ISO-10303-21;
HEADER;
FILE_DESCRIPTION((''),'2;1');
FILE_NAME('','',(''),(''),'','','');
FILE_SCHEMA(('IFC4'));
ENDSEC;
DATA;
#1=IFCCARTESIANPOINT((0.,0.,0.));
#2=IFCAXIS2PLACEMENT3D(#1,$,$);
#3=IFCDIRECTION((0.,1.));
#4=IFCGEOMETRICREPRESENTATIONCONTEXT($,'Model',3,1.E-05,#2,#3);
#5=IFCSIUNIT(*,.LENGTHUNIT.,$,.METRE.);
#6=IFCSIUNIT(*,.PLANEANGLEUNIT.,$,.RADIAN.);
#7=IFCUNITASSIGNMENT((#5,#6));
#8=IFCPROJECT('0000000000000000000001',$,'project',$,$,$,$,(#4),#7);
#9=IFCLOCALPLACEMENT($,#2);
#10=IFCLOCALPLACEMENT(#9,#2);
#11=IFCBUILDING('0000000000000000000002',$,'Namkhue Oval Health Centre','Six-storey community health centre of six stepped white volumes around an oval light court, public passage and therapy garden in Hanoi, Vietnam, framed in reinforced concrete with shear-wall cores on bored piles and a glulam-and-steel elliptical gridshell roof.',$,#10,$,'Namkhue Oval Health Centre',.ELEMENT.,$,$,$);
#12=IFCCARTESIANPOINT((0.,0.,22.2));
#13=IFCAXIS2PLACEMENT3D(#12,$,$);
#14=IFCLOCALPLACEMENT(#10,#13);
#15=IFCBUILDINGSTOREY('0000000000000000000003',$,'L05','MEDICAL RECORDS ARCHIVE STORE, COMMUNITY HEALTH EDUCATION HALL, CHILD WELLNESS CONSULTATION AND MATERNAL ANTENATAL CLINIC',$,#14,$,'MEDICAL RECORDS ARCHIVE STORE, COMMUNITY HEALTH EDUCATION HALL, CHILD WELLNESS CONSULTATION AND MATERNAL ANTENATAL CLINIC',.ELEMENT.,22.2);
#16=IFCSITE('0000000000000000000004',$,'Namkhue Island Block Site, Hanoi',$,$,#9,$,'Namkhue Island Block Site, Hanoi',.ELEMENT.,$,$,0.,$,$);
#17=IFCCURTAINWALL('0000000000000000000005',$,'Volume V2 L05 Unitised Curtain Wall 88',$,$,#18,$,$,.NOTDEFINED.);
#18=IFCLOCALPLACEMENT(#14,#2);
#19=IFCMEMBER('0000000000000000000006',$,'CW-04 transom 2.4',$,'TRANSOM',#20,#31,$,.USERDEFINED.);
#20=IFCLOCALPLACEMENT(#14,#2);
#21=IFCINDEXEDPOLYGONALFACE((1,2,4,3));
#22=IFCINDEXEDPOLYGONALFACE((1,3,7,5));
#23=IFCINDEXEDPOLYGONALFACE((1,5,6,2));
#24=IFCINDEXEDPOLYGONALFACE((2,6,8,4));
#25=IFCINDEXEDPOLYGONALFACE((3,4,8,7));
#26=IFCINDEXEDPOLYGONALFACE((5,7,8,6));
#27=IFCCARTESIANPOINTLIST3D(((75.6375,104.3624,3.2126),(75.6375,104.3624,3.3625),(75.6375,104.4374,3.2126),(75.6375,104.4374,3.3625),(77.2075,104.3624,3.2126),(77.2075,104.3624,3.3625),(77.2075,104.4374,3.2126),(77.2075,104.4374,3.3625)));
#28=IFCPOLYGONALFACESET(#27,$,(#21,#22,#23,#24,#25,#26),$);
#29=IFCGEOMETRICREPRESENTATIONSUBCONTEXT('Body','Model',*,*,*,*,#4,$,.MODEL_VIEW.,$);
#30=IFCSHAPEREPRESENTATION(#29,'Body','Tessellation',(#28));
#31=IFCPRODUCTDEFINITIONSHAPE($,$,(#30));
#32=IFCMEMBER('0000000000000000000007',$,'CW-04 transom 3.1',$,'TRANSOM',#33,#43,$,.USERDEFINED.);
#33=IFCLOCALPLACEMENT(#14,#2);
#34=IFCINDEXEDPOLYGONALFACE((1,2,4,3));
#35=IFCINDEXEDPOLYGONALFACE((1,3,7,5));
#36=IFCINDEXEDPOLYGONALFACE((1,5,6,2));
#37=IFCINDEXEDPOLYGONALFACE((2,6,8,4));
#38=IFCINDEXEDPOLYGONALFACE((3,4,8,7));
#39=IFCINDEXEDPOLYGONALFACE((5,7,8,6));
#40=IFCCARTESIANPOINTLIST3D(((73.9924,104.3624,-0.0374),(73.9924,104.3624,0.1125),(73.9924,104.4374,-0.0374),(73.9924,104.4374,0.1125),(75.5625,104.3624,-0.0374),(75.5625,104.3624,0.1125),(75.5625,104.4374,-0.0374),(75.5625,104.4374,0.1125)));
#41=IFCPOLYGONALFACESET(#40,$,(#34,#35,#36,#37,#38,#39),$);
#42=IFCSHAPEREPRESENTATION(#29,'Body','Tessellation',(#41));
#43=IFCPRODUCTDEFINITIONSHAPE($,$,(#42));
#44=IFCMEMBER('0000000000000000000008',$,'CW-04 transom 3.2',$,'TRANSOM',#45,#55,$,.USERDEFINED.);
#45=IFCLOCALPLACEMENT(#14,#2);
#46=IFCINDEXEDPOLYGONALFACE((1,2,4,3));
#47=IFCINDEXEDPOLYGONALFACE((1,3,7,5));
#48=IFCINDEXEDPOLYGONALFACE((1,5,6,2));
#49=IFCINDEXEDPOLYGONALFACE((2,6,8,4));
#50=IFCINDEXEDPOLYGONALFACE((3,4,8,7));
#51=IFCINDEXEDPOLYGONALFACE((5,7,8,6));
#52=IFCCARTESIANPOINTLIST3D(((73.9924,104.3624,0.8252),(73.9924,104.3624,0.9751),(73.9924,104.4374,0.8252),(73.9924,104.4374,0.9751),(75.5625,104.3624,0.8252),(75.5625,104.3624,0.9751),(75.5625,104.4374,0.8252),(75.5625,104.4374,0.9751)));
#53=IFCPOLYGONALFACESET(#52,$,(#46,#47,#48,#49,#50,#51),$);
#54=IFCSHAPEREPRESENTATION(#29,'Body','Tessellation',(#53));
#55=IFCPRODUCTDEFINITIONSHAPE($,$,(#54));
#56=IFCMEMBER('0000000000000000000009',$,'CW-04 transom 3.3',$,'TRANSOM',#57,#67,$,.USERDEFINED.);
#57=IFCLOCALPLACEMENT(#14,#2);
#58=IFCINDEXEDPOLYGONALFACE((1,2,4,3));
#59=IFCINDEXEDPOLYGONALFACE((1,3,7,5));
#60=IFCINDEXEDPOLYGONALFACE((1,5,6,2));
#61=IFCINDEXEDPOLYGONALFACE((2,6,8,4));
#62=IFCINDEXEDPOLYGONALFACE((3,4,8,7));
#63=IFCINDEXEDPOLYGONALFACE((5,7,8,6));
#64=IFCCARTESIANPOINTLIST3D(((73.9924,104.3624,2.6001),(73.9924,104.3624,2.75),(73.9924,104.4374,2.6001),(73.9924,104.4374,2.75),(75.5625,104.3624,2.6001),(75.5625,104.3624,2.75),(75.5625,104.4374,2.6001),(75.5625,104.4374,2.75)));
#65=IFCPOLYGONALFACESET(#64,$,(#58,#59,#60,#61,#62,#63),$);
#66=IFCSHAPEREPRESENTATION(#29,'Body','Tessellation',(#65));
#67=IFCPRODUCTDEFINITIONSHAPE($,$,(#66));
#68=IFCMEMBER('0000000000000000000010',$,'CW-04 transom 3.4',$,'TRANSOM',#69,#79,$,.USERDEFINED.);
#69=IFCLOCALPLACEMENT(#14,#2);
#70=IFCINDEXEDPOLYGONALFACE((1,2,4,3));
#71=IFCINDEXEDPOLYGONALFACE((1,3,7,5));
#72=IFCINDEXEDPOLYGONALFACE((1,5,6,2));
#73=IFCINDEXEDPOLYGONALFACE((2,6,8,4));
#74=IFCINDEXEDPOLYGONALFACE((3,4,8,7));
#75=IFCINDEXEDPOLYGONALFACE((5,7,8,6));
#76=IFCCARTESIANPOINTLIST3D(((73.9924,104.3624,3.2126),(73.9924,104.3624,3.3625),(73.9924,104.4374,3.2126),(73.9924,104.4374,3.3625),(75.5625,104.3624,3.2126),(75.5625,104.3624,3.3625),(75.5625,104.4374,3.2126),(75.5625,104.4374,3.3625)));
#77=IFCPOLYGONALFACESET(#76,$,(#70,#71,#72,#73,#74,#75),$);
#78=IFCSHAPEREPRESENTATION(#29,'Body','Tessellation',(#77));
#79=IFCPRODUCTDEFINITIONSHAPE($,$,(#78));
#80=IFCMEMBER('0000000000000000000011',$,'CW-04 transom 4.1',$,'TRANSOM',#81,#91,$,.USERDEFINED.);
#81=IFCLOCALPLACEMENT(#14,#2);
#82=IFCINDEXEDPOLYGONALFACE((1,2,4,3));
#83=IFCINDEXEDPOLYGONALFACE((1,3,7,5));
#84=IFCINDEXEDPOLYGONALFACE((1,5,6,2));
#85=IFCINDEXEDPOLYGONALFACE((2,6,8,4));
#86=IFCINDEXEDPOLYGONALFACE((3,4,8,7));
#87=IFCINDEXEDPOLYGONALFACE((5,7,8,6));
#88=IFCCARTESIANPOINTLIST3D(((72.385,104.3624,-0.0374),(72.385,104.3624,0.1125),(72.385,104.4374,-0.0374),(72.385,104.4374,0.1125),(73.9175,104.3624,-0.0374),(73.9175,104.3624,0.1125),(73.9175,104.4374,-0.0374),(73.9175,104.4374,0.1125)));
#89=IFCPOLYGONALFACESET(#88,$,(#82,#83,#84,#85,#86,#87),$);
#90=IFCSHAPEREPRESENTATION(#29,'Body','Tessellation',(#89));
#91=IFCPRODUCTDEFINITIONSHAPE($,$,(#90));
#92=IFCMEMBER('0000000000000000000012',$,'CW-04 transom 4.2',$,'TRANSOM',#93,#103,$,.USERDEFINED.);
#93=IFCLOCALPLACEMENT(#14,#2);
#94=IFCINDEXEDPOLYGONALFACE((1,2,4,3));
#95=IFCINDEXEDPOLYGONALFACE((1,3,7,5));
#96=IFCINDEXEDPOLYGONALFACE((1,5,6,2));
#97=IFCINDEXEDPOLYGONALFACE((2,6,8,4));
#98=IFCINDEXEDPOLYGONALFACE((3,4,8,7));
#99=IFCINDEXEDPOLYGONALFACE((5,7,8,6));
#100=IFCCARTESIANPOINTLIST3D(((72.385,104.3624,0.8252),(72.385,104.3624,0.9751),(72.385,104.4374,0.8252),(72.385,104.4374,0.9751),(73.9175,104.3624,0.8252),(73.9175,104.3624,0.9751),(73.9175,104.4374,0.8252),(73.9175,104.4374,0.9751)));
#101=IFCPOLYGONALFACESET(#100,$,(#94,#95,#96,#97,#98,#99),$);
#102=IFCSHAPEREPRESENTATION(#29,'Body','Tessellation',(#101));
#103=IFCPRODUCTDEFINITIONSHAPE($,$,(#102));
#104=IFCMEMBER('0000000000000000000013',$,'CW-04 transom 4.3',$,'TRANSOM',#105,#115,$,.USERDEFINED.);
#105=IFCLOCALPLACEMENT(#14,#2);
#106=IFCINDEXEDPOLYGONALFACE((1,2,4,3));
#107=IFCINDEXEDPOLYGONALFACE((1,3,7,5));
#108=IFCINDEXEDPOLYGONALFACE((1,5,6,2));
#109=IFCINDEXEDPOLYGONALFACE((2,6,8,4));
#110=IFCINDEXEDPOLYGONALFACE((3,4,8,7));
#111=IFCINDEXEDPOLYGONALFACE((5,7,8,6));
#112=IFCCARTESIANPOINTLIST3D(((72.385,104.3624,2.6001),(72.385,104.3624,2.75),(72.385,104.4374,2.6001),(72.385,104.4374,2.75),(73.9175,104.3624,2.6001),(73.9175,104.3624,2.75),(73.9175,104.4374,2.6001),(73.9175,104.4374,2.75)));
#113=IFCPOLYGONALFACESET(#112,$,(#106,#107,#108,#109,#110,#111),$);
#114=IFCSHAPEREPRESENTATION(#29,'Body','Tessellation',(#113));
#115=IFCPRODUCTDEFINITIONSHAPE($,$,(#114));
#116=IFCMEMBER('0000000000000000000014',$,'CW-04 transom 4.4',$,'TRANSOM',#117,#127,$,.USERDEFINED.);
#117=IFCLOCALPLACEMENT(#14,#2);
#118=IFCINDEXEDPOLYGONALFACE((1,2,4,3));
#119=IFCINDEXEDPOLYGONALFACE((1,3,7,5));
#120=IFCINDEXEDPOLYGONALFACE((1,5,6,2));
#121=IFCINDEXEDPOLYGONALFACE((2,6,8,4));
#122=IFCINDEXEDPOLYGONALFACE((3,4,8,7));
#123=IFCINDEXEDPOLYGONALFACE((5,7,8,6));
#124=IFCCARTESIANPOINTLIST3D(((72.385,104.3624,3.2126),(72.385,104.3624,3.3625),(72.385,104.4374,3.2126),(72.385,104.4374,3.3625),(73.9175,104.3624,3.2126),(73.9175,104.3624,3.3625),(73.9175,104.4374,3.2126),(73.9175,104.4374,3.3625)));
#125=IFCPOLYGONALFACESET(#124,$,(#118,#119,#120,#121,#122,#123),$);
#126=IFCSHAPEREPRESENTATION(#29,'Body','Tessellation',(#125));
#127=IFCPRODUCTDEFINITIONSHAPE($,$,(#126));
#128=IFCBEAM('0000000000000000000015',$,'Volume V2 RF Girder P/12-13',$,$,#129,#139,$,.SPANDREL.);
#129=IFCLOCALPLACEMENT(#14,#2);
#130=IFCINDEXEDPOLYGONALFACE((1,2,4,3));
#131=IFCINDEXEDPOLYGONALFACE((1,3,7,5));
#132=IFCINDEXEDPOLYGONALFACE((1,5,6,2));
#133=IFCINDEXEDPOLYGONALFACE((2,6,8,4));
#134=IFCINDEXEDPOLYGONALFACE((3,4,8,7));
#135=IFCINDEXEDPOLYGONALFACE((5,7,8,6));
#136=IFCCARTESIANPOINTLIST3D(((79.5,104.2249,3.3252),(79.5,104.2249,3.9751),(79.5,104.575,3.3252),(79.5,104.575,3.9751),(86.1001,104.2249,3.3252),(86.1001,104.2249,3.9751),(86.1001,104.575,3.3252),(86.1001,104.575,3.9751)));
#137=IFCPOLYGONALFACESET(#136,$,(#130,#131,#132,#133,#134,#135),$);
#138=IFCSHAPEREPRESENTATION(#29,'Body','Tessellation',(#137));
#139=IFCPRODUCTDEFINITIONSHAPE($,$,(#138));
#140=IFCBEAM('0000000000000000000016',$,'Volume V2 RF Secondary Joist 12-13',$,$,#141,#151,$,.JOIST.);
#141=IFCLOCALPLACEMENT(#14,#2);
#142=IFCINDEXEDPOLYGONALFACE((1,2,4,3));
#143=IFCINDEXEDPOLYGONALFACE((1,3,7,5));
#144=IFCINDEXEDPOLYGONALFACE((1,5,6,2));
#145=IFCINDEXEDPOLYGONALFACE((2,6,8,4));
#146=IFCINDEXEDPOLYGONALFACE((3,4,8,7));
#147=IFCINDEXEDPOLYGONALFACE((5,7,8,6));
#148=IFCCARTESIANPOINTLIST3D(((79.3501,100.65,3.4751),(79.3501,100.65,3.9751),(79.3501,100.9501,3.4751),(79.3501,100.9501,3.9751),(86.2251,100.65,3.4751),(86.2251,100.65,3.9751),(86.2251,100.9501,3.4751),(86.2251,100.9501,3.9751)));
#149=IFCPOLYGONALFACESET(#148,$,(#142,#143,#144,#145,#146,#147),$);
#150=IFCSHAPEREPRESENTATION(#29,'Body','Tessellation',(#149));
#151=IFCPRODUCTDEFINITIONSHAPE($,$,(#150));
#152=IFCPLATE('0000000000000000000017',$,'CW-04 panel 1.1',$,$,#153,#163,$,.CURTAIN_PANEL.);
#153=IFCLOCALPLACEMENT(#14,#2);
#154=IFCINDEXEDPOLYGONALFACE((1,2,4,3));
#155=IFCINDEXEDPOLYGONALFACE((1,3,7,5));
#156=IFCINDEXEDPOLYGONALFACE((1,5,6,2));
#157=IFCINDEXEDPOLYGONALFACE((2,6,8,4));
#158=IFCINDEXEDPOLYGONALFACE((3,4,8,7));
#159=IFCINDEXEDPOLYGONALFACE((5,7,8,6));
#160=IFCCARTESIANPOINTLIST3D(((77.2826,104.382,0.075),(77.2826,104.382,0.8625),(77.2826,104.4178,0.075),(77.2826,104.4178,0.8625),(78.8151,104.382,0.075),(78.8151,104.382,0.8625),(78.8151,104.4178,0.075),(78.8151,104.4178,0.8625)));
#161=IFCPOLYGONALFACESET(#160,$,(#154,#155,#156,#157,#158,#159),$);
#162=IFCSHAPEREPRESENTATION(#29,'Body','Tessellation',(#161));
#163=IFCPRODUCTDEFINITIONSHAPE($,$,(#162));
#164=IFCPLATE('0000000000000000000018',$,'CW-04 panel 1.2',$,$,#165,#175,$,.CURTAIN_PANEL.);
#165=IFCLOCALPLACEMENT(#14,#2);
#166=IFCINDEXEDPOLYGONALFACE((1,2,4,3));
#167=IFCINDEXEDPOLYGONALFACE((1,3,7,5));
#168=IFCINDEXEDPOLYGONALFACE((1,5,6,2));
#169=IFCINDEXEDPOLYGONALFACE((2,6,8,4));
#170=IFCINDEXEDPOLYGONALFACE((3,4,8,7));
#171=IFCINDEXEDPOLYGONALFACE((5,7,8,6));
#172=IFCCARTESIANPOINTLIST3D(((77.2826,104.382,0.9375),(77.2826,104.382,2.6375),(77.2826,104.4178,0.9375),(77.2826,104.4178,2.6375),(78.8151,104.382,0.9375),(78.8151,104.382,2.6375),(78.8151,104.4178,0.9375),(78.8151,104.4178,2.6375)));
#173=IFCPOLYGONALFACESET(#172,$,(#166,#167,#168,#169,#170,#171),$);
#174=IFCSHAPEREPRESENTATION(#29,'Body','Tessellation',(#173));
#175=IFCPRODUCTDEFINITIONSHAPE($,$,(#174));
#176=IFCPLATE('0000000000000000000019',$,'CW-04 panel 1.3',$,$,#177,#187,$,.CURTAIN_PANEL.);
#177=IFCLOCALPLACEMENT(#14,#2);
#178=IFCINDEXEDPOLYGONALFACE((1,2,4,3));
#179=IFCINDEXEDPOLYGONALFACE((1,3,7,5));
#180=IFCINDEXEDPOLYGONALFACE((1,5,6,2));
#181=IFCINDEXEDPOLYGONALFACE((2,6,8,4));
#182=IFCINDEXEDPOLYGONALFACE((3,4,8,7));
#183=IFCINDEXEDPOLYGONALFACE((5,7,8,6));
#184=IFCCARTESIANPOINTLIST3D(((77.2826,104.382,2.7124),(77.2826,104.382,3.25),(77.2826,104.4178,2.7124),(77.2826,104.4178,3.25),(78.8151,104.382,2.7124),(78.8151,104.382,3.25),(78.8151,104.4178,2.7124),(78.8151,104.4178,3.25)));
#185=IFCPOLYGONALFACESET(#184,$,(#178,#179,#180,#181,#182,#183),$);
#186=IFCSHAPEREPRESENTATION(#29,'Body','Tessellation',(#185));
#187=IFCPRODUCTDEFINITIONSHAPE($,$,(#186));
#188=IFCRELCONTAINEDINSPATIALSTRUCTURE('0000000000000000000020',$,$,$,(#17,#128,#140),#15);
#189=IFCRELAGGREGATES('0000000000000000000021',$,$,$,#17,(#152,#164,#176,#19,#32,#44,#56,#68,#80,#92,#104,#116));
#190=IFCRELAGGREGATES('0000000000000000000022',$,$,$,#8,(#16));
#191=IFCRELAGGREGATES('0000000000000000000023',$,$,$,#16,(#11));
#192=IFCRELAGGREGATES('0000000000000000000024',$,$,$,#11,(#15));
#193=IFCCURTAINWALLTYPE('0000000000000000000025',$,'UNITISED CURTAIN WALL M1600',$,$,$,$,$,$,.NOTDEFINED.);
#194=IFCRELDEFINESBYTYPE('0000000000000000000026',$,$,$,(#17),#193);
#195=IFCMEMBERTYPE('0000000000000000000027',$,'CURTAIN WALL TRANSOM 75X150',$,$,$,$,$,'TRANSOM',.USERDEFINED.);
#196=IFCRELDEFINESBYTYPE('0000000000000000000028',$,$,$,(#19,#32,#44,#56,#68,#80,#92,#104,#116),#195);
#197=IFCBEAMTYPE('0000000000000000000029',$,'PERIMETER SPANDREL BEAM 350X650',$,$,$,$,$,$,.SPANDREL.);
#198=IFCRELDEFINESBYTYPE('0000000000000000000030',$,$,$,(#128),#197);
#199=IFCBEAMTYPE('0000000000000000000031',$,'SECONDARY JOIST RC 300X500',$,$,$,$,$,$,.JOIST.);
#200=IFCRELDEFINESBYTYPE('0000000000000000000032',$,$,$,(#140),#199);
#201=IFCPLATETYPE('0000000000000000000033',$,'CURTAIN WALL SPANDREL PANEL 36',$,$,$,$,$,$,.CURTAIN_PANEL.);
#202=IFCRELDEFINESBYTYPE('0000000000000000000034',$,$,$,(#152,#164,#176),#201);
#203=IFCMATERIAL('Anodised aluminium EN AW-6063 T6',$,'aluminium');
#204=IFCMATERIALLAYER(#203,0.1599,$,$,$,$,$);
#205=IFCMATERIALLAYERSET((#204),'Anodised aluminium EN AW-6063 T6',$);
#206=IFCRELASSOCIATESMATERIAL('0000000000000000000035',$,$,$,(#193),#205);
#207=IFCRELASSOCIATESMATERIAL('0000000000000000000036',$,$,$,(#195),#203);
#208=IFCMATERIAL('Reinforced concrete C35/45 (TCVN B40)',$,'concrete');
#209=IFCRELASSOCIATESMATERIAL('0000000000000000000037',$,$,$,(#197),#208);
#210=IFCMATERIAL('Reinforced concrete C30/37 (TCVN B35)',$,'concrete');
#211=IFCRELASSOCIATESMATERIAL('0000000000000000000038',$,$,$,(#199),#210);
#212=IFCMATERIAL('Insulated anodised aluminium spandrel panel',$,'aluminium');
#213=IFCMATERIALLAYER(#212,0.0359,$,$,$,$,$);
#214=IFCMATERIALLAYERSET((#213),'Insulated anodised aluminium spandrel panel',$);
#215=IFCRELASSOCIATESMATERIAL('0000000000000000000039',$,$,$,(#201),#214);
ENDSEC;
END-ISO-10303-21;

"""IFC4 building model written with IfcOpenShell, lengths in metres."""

from ifc_helpers import new_model, si_unit, direction, frame, origin, origin_2d, place, context, subcontext, project, spatial, rectangle, extrude, material, layer, layer_set, material_profile, profile_set, type_object, element, aggregate, save


model = new_model("IFC4")

# Units and contexts
model_context = context("Model", 3, precision=1e-05, world=origin(), true_north=direction((0.0, 1.0)))
body_context = subcontext(model_context, "Body", "Model", "MODEL_VIEW")
ifc_project = project(units=[si_unit("LENGTHUNIT", "METRE"), si_unit("PLANEANGLEUNIT", "RADIAN")], contexts=[model_context])

# Site, building, storey
site_placement = place(None, origin())
site = spatial("IfcSite", under=ifc_project, at=site_placement, Name="Namkhue Island Block Site, Hanoi", LongName="Namkhue Island Block Site, Hanoi", CompositionType="ELEMENT", RefElevation=0.0)
building_placement = place(site_placement, origin())
building = spatial("IfcBuilding", under=site, at=building_placement, Name="Namkhue Oval Health Centre", Description="Six-storey community health centre of six stepped white volumes around an oval light court, public passage and therapy garden in Hanoi, Vietnam, framed in reinforced concrete with shear-wall cores on bored piles and a glulam-and-steel elliptical gridshell roof.", LongName="Namkhue Oval Health Centre", CompositionType="ELEMENT")
storey_placement = place(building_placement, frame((0.0, 0.0, 22.2)))
storey = spatial("IfcBuildingStorey", under=building, at=storey_placement, Name="L05", Description="MEDICAL RECORDS ARCHIVE STORE, COMMUNITY HEALTH EDUCATION HALL, CHILD WELLNESS CONSULTATION AND MATERNAL ANTENATAL CLINIC", LongName="MEDICAL RECORDS ARCHIVE STORE, COMMUNITY HEALTH EDUCATION HALL, CHILD WELLNESS CONSULTATION AND MATERNAL ANTENATAL CLINIC", CompositionType="ELEMENT", Elevation=22.2)

# Shared definitions
ifc_material_1 = material(Name="Reinforced concrete C35/45 (TCVN B40)", Category="concrete")

# Curtain wall, members
ifc_material_2 = material(Name="Anodised aluminium EN AW-6063 T6", Category="aluminium")
ifc_layer_1 = layer(ifc_material_2, 0.1599)
ifc_layer_set_1 = layer_set([ifc_layer_1], Name="Anodised aluminium EN AW-6063 T6")
curtain_wall_type = type_object("IfcCurtainWallType", Name="UNITISED CURTAIN WALL M1600", PredefinedType="NOTDEFINED", material=ifc_layer_set_1)
curtain_wall_placement = place(storey_placement, origin())
curtain_wall = element("IfcCurtainWall", 1, at=curtain_wall_placement, inside=storey, type_object=curtain_wall_type, Name="Volume V2 L05 Unitised Curtain Wall 88", PredefinedType="NOTDEFINED")
ifc_material_profile_1 = material_profile(ifc_material_2, rectangle(XDim=0.075, YDim=0.1499, at=origin_2d()), Name="ALU 75x150")
ifc_profile_set_1 = profile_set([ifc_material_profile_1], Name="Anodised aluminium EN AW-6063 T6")
member_type_1 = type_object("IfcMemberType", Name="CURTAIN WALL TRANSOM 75X150", ElementType="TRANSOM", PredefinedType="USERDEFINED", material=ifc_profile_set_1)
member_1_placement = place(storey_placement, frame((77.2075, 104.3999, 3.2876), z_axis=(-1.0, 0.0, 0.0), x_axis=(0.0, -1.0, 0.0)))
member_1 = element("IfcMember", 2, at=member_1_placement, type_object=member_type_1, Name="CW-04 transom 2.4", ObjectType="TRANSOM", PredefinedType="USERDEFINED", context=body_context, shape_type="SweptSolid", body=[
    extrude(rectangle(XDim=0.075, YDim=0.1499, at=origin_2d()), origin(), (0.0, 0.0, 1.0), 1.5701),
])
member_2_placement = place(storey_placement, frame((75.5625, 104.3999, 0.0376), z_axis=(-1.0, 0.0, 0.0), x_axis=(0.0, -1.0, 0.0)))
member_2 = element("IfcMember", 3, at=member_2_placement, type_object=member_type_1, Name="CW-04 transom 3.1", ObjectType="TRANSOM", PredefinedType="USERDEFINED", context=body_context, shape_type="SweptSolid", body=[
    extrude(rectangle(XDim=0.075, YDim=0.1499, at=origin_2d()), origin(), (0.0, 0.0, 1.0), 1.5701),
])
member_3_placement = place(storey_placement, frame((75.5625, 104.3999, 0.9001), z_axis=(-1.0, 0.0, 0.0), x_axis=(0.0, -1.0, 0.0)))
member_3 = element("IfcMember", 4, at=member_3_placement, type_object=member_type_1, Name="CW-04 transom 3.2", ObjectType="TRANSOM", PredefinedType="USERDEFINED", context=body_context, shape_type="SweptSolid", body=[
    extrude(rectangle(XDim=0.075, YDim=0.1499, at=origin_2d()), origin(), (0.0, 0.0, 1.0), 1.5701),
])
member_4_placement = place(storey_placement, frame((75.5625, 104.3999, 2.675), z_axis=(-1.0, 0.0, 0.0), x_axis=(0.0, -1.0, 0.0)))
member_4 = element("IfcMember", 5, at=member_4_placement, type_object=member_type_1, Name="CW-04 transom 3.3", ObjectType="TRANSOM", PredefinedType="USERDEFINED", context=body_context, shape_type="SweptSolid", body=[
    extrude(rectangle(XDim=0.075, YDim=0.1499, at=origin_2d()), origin(), (0.0, 0.0, 1.0), 1.5701),
])
member_5_placement = place(storey_placement, frame((75.5625, 104.3999, 3.2876), z_axis=(-1.0, 0.0, 0.0), x_axis=(0.0, -1.0, 0.0)))
member_5 = element("IfcMember", 6, at=member_5_placement, type_object=member_type_1, Name="CW-04 transom 3.4", ObjectType="TRANSOM", PredefinedType="USERDEFINED", context=body_context, shape_type="SweptSolid", body=[
    extrude(rectangle(XDim=0.075, YDim=0.1499, at=origin_2d()), origin(), (0.0, 0.0, 1.0), 1.5701),
])
member_6_placement = place(storey_placement, frame((73.9175, 104.3999, 0.0376), z_axis=(-1.0, 0.0, 0.0), x_axis=(0.0, -1.0, 0.0)))
member_6 = element("IfcMember", 7, at=member_6_placement, type_object=member_type_1, Name="CW-04 transom 4.1", ObjectType="TRANSOM", PredefinedType="USERDEFINED", context=body_context, shape_type="SweptSolid", body=[
    extrude(rectangle(XDim=0.075, YDim=0.1499, at=origin_2d()), origin(), (0.0, 0.0, 1.0), 1.5325),
])
member_7_placement = place(storey_placement, frame((73.9175, 104.3999, 0.9001), z_axis=(-1.0, 0.0, 0.0), x_axis=(0.0, -1.0, 0.0)))
member_7 = element("IfcMember", 8, at=member_7_placement, type_object=member_type_1, Name="CW-04 transom 4.2", ObjectType="TRANSOM", PredefinedType="USERDEFINED", context=body_context, shape_type="SweptSolid", body=[
    extrude(rectangle(XDim=0.075, YDim=0.1499, at=origin_2d()), origin(), (0.0, 0.0, 1.0), 1.5325),
])
member_8_placement = place(storey_placement, frame((73.9175, 104.3999, 2.675), z_axis=(-1.0, 0.0, 0.0), x_axis=(0.0, -1.0, 0.0)))
member_8 = element("IfcMember", 9, at=member_8_placement, type_object=member_type_1, Name="CW-04 transom 4.3", ObjectType="TRANSOM", PredefinedType="USERDEFINED", context=body_context, shape_type="SweptSolid", body=[
    extrude(rectangle(XDim=0.075, YDim=0.1499, at=origin_2d()), origin(), (0.0, 0.0, 1.0), 1.5325),
])
member_9_placement = place(storey_placement, frame((73.9175, 104.3999, 3.2876), z_axis=(-1.0, 0.0, 0.0), x_axis=(0.0, -1.0, 0.0)))
member_9 = element("IfcMember", 10, at=member_9_placement, type_object=member_type_1, Name="CW-04 transom 4.4", ObjectType="TRANSOM", PredefinedType="USERDEFINED", context=body_context, shape_type="SweptSolid", body=[
    extrude(rectangle(XDim=0.075, YDim=0.1499, at=origin_2d()), origin(), (0.0, 0.0, 1.0), 1.5325),
])

# Beams
ifc_material_profile_2 = material_profile(ifc_material_1, rectangle(XDim=0.3501, YDim=0.6499, at=origin_2d()), Name="RC 350x650")
ifc_profile_set_2 = profile_set([ifc_material_profile_2], Name="Reinforced concrete C35/45 (TCVN B40)")
beam_type_1 = type_object("IfcBeamType", Name="PERIMETER SPANDREL BEAM 350X650", PredefinedType="SPANDREL", material=ifc_profile_set_2)
beam_1_placement = place(storey_placement, frame((79.5, 104.3999, 3.6501), z_axis=(1.0, 0.0, 0.0), x_axis=(0.0, 1.0, 0.0)))
element("IfcBeam", 11, at=beam_1_placement, inside=storey, type_object=beam_type_1, Name="Volume V2 RF Girder P/12-13", PredefinedType="SPANDREL", context=body_context, shape_type="SweptSolid", body=[
    extrude(rectangle(XDim=0.3501, YDim=0.6499, at=origin_2d()), origin(), (0.0, 0.0, 1.0), 6.6001),
])
ifc_material_3 = material(Name="Reinforced concrete C30/37 (TCVN B35)", Category="concrete")
ifc_material_profile_3 = material_profile(ifc_material_3, rectangle(XDim=0.3, YDim=0.5, at=origin_2d()), Name="RC 300x500")
ifc_profile_set_3 = profile_set([ifc_material_profile_3], Name="Reinforced concrete C30/37 (TCVN B35)")
beam_type_2 = type_object("IfcBeamType", Name="SECONDARY JOIST RC 300X500", PredefinedType="JOIST", material=ifc_profile_set_3)
beam_2_placement = place(storey_placement, frame((79.3501, 100.8, 3.7251), z_axis=(1.0, 0.0, 0.0), x_axis=(0.0, 1.0, 0.0)))
element("IfcBeam", 12, at=beam_2_placement, inside=storey, type_object=beam_type_2, Name="Volume V2 RF Secondary Joist 12-13", PredefinedType="JOIST", context=body_context, shape_type="SweptSolid", body=[
    extrude(rectangle(XDim=0.3, YDim=0.5, at=origin_2d()), origin(), (0.0, 0.0, 1.0), 6.875),
])

# Plates
ifc_material_4 = material(Name="Insulated anodised aluminium spandrel panel", Category="aluminium")
ifc_layer_2 = layer(ifc_material_4, 0.0359)
ifc_layer_set_2 = layer_set([ifc_layer_2], Name="Insulated anodised aluminium spandrel panel")
plate_type = type_object("IfcPlateType", Name="CURTAIN WALL SPANDREL PANEL 36", PredefinedType="CURTAIN_PANEL", material=ifc_layer_set_2)
plate_1_placement = place(storey_placement, frame((78.0488, 104.3999, 0.075), z_axis=(0.0, 0.0, 1.0), x_axis=(-1.0, 0.0, 0.0)))
plate_1 = element("IfcPlate", 13, at=plate_1_placement, type_object=plate_type, Name="CW-04 panel 1.1", PredefinedType="CURTAIN_PANEL", context=body_context, shape_type="SweptSolid", body=[
    extrude(rectangle(XDim=1.5325, YDim=0.0359, at=origin_2d()), origin(), (0.0, 0.0, 1.0), 0.7876),
])
plate_2_placement = place(storey_placement, frame((78.0488, 104.3999, 0.9375), z_axis=(0.0, 0.0, 1.0), x_axis=(-1.0, 0.0, 0.0)))
plate_2 = element("IfcPlate", 14, at=plate_2_placement, type_object=plate_type, Name="CW-04 panel 1.2", PredefinedType="CURTAIN_PANEL", context=body_context, shape_type="SweptSolid", body=[
    extrude(rectangle(XDim=1.5325, YDim=0.0359, at=origin_2d()), origin(), (0.0, 0.0, 1.0), 1.7),
])
plate_3_placement = place(storey_placement, frame((78.0488, 104.3999, 2.7124), z_axis=(0.0, 0.0, 1.0), x_axis=(-1.0, 0.0, 0.0)))
plate_3 = element("IfcPlate", 15, at=plate_3_placement, type_object=plate_type, Name="CW-04 panel 1.3", PredefinedType="CURTAIN_PANEL", context=body_context, shape_type="SweptSolid", body=[
    extrude(rectangle(XDim=1.5325, YDim=0.0359, at=origin_2d()), origin(), (0.0, 0.0, 1.0), 0.5376),
])
aggregate(curtain_wall, [plate_1, plate_2, plate_3, member_1, member_2, member_3, member_4, member_5, member_6, member_7, member_8, member_9])

save(model, "model.ifc")
